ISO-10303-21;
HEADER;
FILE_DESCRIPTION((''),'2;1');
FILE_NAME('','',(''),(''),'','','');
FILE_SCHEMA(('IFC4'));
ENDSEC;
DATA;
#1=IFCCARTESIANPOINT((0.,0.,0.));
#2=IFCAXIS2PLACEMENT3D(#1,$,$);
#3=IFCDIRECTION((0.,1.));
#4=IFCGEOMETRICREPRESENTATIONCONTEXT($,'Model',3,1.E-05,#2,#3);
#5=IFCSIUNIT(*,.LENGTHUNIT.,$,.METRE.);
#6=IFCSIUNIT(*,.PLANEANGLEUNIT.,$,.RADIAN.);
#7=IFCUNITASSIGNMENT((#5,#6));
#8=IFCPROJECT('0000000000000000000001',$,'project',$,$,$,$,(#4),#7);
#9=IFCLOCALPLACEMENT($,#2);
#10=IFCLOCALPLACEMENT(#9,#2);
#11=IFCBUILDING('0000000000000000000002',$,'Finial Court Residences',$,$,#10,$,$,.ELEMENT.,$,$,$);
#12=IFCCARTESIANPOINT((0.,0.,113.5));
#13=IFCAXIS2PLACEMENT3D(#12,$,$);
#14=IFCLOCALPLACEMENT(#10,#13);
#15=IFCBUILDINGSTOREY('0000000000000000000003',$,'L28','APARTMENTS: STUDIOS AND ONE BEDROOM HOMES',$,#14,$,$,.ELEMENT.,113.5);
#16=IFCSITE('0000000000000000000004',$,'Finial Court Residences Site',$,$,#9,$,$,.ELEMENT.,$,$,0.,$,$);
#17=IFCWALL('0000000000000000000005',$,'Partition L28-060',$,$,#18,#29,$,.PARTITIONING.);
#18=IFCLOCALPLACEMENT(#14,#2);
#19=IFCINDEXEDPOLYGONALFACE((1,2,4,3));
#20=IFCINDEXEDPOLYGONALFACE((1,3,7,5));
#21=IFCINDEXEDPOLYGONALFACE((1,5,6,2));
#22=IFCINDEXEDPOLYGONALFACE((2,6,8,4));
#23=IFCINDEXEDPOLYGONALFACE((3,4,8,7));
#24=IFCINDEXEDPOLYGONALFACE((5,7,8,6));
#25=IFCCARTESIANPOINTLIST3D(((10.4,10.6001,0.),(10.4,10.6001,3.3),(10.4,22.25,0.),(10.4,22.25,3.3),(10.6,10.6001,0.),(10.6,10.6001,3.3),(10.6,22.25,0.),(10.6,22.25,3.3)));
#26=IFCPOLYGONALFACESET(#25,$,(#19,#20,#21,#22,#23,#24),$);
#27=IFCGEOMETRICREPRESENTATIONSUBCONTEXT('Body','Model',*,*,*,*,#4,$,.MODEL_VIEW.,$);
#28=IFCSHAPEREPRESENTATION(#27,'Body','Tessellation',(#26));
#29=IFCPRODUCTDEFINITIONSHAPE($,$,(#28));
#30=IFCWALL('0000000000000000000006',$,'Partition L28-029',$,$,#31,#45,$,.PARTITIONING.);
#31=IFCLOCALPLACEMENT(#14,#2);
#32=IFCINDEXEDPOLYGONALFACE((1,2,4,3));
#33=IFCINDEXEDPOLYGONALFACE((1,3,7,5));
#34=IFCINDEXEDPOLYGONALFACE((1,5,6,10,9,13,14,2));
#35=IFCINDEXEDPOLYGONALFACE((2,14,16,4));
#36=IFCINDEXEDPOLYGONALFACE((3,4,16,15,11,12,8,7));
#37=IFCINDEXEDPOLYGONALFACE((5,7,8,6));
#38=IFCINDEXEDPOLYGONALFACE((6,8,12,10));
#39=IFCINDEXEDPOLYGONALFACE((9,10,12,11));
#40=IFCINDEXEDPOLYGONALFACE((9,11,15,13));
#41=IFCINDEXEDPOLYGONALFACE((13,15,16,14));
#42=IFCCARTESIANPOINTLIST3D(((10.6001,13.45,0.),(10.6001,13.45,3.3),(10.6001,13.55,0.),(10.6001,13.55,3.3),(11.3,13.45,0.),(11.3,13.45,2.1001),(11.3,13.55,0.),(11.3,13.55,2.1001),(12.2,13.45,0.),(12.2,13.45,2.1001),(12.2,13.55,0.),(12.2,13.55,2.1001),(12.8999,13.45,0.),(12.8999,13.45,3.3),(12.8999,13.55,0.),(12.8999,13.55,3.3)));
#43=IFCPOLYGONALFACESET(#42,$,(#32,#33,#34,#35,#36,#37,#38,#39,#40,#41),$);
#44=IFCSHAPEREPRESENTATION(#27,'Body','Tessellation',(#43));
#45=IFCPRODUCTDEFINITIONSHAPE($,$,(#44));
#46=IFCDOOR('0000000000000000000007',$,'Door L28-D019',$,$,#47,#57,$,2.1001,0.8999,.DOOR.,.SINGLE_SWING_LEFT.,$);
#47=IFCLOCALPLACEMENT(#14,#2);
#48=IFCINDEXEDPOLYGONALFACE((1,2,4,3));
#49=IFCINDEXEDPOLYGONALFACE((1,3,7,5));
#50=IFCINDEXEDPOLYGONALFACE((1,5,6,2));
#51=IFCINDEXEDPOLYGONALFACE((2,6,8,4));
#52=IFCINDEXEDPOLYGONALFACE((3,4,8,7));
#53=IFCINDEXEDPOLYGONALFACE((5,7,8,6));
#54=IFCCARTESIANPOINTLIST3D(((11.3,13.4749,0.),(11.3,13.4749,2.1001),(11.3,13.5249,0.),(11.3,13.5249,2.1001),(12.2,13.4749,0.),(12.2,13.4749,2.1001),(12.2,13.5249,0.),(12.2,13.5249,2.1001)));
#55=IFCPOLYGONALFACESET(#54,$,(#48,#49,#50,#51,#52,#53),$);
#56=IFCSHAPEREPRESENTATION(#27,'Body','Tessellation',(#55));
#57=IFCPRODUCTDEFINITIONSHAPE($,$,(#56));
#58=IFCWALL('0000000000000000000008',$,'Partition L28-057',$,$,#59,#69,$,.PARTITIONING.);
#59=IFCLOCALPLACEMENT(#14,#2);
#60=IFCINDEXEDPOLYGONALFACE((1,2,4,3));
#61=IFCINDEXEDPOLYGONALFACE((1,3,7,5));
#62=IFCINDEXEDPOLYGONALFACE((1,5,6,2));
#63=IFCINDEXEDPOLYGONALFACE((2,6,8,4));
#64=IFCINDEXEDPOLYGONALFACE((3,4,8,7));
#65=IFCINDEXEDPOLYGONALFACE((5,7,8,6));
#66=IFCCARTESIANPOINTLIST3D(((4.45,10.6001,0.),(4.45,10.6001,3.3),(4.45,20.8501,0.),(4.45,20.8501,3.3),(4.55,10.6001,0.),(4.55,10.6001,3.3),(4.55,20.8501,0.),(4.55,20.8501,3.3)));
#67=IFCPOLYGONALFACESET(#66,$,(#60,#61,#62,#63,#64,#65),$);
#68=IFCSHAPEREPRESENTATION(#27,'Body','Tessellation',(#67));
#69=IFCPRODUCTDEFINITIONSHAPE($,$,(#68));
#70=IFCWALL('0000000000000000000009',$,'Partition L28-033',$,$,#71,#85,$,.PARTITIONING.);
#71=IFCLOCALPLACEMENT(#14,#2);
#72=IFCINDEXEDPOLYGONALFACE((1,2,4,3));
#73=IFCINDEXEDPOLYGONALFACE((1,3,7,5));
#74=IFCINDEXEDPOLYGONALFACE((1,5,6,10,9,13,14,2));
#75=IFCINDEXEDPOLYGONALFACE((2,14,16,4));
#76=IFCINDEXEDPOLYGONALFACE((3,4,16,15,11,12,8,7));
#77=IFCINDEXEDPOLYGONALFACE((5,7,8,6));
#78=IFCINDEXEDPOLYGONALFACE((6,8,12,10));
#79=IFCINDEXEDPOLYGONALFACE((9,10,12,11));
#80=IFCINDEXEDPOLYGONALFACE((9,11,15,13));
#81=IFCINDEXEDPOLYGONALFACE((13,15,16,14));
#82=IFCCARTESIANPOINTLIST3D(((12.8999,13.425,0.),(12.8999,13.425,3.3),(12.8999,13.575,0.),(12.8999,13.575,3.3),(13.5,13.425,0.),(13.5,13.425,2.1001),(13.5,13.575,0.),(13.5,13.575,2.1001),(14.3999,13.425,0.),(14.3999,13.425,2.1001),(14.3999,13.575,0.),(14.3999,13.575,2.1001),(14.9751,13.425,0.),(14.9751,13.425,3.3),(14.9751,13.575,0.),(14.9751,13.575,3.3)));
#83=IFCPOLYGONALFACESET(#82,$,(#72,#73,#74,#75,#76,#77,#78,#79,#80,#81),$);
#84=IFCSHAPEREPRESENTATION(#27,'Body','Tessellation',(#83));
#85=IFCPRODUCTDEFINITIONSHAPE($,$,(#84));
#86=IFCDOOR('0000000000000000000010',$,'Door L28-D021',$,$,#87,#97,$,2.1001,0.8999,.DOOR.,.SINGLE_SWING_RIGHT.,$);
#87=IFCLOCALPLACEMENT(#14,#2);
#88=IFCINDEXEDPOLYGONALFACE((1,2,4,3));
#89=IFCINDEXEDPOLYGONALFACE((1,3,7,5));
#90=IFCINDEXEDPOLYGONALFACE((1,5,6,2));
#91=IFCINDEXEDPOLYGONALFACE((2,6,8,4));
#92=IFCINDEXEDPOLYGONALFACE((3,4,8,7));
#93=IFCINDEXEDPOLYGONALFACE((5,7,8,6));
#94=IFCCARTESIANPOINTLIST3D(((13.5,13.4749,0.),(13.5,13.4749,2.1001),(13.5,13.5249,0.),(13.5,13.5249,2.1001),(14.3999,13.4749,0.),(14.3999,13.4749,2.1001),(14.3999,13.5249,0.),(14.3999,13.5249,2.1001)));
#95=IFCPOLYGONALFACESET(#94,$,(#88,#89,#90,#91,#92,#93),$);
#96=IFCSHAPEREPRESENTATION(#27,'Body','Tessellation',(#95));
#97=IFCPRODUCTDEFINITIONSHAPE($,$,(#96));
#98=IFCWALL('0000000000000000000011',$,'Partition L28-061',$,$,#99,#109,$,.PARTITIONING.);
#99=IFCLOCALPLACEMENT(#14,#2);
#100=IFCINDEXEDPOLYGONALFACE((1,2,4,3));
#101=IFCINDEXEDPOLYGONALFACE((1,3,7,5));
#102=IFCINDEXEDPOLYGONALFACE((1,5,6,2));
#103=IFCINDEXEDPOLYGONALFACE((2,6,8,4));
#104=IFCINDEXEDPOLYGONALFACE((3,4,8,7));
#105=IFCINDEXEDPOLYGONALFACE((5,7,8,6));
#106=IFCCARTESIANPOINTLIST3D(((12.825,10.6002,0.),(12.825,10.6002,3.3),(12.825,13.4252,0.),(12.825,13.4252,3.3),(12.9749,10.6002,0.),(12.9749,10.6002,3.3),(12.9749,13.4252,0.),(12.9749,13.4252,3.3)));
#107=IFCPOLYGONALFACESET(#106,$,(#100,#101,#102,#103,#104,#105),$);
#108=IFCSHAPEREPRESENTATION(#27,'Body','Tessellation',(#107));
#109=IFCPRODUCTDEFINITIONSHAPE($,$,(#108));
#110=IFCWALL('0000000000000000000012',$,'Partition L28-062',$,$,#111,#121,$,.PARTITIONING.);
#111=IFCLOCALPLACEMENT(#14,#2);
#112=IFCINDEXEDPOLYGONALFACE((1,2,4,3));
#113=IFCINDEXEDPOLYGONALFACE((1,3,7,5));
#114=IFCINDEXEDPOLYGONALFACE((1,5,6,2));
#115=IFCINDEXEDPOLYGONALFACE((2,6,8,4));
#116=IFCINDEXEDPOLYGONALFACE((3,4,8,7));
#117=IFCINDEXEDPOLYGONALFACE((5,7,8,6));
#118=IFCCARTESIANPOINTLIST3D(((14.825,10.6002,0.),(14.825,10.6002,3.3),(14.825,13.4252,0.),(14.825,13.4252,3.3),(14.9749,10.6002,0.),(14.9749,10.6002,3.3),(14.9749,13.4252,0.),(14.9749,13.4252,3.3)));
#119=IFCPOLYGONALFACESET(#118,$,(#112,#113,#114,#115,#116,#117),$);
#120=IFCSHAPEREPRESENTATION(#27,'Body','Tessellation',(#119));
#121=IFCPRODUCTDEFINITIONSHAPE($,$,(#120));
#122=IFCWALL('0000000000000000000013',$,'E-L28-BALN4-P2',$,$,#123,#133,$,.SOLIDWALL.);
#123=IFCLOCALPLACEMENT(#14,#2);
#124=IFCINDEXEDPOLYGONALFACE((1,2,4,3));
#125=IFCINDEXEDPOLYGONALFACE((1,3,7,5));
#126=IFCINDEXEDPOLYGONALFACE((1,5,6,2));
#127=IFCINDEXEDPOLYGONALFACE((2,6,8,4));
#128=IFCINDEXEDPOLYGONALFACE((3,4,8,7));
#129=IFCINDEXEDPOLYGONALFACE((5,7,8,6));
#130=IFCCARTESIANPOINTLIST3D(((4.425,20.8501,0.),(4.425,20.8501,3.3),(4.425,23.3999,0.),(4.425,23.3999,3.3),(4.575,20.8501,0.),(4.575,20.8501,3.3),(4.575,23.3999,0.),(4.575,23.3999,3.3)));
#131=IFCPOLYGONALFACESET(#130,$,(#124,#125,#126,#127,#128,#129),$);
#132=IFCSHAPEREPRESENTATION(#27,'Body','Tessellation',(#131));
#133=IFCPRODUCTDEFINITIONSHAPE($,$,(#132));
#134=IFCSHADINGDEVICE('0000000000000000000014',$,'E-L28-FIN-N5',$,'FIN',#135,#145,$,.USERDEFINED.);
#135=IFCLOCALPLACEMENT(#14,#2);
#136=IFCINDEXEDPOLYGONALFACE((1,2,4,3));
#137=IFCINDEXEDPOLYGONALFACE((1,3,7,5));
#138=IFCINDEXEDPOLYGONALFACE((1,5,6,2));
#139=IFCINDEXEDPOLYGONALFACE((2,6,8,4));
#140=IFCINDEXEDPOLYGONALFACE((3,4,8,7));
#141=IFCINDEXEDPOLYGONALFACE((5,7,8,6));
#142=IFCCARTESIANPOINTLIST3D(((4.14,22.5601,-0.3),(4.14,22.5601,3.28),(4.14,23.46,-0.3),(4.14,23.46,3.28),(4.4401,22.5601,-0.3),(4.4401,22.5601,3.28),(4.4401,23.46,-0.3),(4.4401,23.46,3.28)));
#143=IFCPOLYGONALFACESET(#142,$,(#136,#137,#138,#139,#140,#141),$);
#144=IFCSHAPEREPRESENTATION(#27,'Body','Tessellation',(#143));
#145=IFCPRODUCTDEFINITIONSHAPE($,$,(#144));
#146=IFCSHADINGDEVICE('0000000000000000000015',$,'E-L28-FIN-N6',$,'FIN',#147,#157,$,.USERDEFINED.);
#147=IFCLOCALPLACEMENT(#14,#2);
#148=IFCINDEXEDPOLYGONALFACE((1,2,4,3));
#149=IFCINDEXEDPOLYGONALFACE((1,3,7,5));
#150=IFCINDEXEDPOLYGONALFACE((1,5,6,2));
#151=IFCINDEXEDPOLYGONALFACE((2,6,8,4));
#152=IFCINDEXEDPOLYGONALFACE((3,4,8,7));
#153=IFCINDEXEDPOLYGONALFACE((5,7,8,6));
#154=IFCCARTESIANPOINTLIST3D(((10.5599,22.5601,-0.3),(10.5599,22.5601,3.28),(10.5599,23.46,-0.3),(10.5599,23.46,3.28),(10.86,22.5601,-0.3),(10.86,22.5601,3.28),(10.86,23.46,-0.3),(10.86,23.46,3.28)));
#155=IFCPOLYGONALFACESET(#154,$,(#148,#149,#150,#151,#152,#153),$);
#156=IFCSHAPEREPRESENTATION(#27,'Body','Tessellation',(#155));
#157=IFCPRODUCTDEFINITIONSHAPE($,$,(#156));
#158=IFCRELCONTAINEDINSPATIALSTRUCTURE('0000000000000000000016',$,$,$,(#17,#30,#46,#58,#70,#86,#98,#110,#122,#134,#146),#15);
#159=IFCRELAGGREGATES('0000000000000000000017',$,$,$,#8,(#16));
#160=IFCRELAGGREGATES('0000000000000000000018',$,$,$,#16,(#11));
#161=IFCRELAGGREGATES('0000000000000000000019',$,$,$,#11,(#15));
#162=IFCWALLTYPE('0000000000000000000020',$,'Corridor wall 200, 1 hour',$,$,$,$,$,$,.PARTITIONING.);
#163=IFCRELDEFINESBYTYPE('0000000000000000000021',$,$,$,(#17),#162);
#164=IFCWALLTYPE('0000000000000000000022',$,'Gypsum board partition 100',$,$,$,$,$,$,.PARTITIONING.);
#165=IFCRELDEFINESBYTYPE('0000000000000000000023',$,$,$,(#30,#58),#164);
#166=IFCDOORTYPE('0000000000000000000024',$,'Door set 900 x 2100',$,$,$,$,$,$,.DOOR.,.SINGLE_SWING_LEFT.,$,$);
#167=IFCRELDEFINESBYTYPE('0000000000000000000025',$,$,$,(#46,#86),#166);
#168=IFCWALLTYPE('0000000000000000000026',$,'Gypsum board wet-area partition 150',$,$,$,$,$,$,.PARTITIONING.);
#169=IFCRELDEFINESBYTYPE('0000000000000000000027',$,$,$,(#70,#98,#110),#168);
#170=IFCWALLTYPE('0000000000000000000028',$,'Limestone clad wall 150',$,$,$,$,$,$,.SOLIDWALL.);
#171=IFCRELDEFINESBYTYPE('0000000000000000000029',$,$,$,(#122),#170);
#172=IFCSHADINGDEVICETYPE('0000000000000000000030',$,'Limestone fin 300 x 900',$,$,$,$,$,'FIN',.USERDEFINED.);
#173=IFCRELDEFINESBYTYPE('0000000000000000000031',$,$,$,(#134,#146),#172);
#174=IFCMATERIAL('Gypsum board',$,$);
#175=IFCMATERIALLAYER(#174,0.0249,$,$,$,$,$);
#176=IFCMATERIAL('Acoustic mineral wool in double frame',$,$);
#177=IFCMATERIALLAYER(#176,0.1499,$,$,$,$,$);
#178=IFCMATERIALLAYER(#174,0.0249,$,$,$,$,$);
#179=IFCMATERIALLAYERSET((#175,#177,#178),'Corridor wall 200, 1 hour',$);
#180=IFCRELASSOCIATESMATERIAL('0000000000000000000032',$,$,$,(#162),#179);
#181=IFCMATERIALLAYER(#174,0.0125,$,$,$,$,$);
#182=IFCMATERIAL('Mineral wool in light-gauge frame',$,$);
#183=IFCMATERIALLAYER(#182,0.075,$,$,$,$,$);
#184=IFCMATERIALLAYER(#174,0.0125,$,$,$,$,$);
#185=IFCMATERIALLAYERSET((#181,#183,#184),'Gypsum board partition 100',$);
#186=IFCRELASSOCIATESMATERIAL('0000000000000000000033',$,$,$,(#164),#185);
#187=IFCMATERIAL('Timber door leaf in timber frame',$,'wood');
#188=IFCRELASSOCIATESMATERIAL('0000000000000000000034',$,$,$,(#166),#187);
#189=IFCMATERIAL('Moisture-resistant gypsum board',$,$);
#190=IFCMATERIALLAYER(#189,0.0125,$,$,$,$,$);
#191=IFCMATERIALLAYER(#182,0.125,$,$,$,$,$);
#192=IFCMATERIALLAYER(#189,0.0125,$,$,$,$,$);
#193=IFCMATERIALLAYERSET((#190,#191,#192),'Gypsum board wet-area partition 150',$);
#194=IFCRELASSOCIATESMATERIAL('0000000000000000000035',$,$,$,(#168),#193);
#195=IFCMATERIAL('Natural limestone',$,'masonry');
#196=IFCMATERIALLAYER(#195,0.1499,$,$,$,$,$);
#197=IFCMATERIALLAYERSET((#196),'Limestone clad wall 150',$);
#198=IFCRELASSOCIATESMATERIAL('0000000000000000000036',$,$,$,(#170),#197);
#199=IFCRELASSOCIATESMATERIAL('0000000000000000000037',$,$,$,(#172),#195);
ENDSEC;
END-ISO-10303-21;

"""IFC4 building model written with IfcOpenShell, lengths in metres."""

from ifc_helpers import new_model, si_unit, direction, frame, frame_2d, origin, origin_2d, place, context, subcontext, project, spatial, rectangle, extrude, material, layer, layer_set, type_object, element, fill, save


model = new_model("IFC4")

# Units and contexts
model_context = context("Model", 3, precision=1e-05, world=origin(), true_north=direction((0.0, 1.0)))
body_context = subcontext(model_context, "Body", "Model", "MODEL_VIEW")
ifc_project = project(units=[si_unit("LENGTHUNIT", "METRE"), si_unit("PLANEANGLEUNIT", "RADIAN")], contexts=[model_context])

# Site, building, storey
site_placement = place(None, origin())
site = spatial("IfcSite", under=ifc_project, at=site_placement, Name="Finial Court Residences Site", CompositionType="ELEMENT", RefElevation=0.0)
building_placement = place(site_placement, origin())
building = spatial("IfcBuilding", under=site, at=building_placement, Name="Finial Court Residences", CompositionType="ELEMENT")
storey_placement = place(building_placement, frame((0.0, 0.0, 113.5)))
storey = spatial("IfcBuildingStorey", under=building, at=storey_placement, Name="L28", Description="APARTMENTS: STUDIOS AND ONE BEDROOM HOMES", CompositionType="ELEMENT", Elevation=113.5)

# Wall
ifc_material_1 = material(Name="Gypsum board")
ifc_layer_1 = layer(ifc_material_1, 0.0249)
ifc_material_2 = material(Name="Acoustic mineral wool in double frame")
ifc_layer_2 = layer(ifc_material_2, 0.1499)
ifc_layer_3 = layer(ifc_material_1, 0.0249)
ifc_layer_set_1 = layer_set([ifc_layer_1, ifc_layer_2, ifc_layer_3], Name="Corridor wall 200, 1 hour")
wall_type_1 = type_object("IfcWallType", Name="Corridor wall 200, 1 hour", PredefinedType="PARTITIONING", material=ifc_layer_set_1)
wall_1_placement = place(storey_placement, frame((10.5, 10.6001, 0.0), z_axis=(0.0, 0.0, 1.0), x_axis=(0.0, 1.0, 0.0)))
element("IfcWall", 1, at=wall_1_placement, inside=storey, type_object=wall_type_1, Name="Partition L28-060", PredefinedType="PARTITIONING", context=body_context, shape_type="SweptSolid", body=[
    extrude(rectangle(XDim=11.6499, YDim=0.2, at=frame_2d((5.825, 0.0))), origin(), (0.0, 0.0, 1.0), 3.3),
])

# Wall, opening, door
ifc_layer_4 = layer(ifc_material_1, 0.0125)
ifc_material_3 = material(Name="Mineral wool in light-gauge frame")
ifc_layer_5 = layer(ifc_material_3, 0.075)
ifc_layer_6 = layer(ifc_material_1, 0.0125)
ifc_layer_set_2 = layer_set([ifc_layer_4, ifc_layer_5, ifc_layer_6], Name="Gypsum board partition 100")
wall_type_2 = type_object("IfcWallType", Name="Gypsum board partition 100", PredefinedType="PARTITIONING", material=ifc_layer_set_2)
wall_2_placement = place(storey_placement, frame((10.6001, 13.5, 0.0), z_axis=(0.0, 0.0, 1.0), x_axis=(1.0, 0.0, 0.0)))
wall_2 = element("IfcWall", 2, at=wall_2_placement, inside=storey, type_object=wall_type_2, Name="Partition L28-029", PredefinedType="PARTITIONING", context=body_context, shape_type="SweptSolid", body=[
    extrude(rectangle(XDim=2.2998, YDim=0.1001, at=frame_2d((1.1499, 0.0))), origin(), (0.0, 0.0, 1.0), 3.3),
])
opening_1_placement = place(wall_2_placement, frame((0.7, 0.0, 0.0)))
opening_1 = element("IfcOpeningElement", 3, at=opening_1_placement, cuts=wall_2, PredefinedType="OPENING", context=body_context, shape_type="SweptSolid", body=[
    extrude(rectangle(XDim=0.8999, YDim=2.1001, at=frame_2d((0.45, 1.05))), frame((0.0, 0.0601, 0.0), z_axis=(0.0, -1.0, 0.0), x_axis=(1.0, 0.0, 0.0)), (0.0, 0.0, 1.0), 0.1201),
])
ifc_material_4 = material(Name="Timber door leaf in timber frame", Category="wood")
door_type = type_object("IfcDoorType", Name="Door set 900 x 2100", OperationType="SINGLE_SWING_LEFT", PredefinedType="DOOR", material=ifc_material_4)
door_1_placement = place(opening_1_placement, origin())
door_1 = element("IfcDoor", 4, at=door_1_placement, inside=storey, type_object=door_type, Name="Door L28-D019", OperationType="SINGLE_SWING_LEFT", OverallHeight=2.1001, OverallWidth=0.8999, PredefinedType="DOOR", context=body_context, shape_type="SweptSolid", body=[
    extrude(rectangle(XDim=0.8999, YDim=2.1001, at=frame_2d((0.45, 1.05))), frame((0.0, 0.0249, 0.0), z_axis=(0.0, -1.0, 0.0), x_axis=(1.0, 0.0, 0.0)), (0.0, 0.0, 1.0), 0.05),
])
fill(opening_1, door_1)

# Wall
wall_3_placement = place(storey_placement, frame((4.5, 10.6001, 0.0), z_axis=(0.0, 0.0, 1.0), x_axis=(0.0, 1.0, 0.0)))
element("IfcWall", 5, at=wall_3_placement, inside=storey, type_object=wall_type_2, Name="Partition L28-057", PredefinedType="PARTITIONING", context=body_context, shape_type="SweptSolid", body=[
    extrude(rectangle(XDim=10.25, YDim=0.1001, at=frame_2d((5.125, 0.0))), origin(), (0.0, 0.0, 1.0), 3.3),
])

# Wall, opening, door
ifc_material_5 = material(Name="Moisture-resistant gypsum board")
ifc_layer_7 = layer(ifc_material_5, 0.0125)
ifc_layer_8 = layer(ifc_material_3, 0.125)
ifc_layer_9 = layer(ifc_material_5, 0.0125)
ifc_layer_set_3 = layer_set([ifc_layer_7, ifc_layer_8, ifc_layer_9], Name="Gypsum board wet-area partition 150")
wall_type_3 = type_object("IfcWallType", Name="Gypsum board wet-area partition 150", PredefinedType="PARTITIONING", material=ifc_layer_set_3)
wall_4_placement = place(storey_placement, frame((12.8999, 13.5, 0.0), z_axis=(0.0, 0.0, 1.0), x_axis=(1.0, 0.0, 0.0)))
wall_4 = element("IfcWall", 6, at=wall_4_placement, inside=storey, type_object=wall_type_3, Name="Partition L28-033", PredefinedType="PARTITIONING", context=body_context, shape_type="SweptSolid", body=[
    extrude(rectangle(XDim=2.0752, YDim=0.1499, at=frame_2d((1.0376, 0.0))), origin(), (0.0, 0.0, 1.0), 3.3),
])
opening_2_placement = place(wall_4_placement, frame((0.6001, 0.0, 0.0)))
opening_2 = element("IfcOpeningElement", 7, at=opening_2_placement, cuts=wall_4, PredefinedType="OPENING", context=body_context, shape_type="SweptSolid", body=[
    extrude(rectangle(XDim=0.8999, YDim=2.1001, at=frame_2d((0.45, 1.05))), frame((0.0, 0.085, 0.0), z_axis=(0.0, -1.0, 0.0), x_axis=(1.0, 0.0, 0.0)), (0.0, 0.0, 1.0), 0.1699),
])
door_2_placement = place(opening_2_placement, origin())
door_2 = element("IfcDoor", 8, at=door_2_placement, inside=storey, type_object=door_type, Name="Door L28-D021", OperationType="SINGLE_SWING_RIGHT", OverallHeight=2.1001, OverallWidth=0.8999, PredefinedType="DOOR", context=body_context, shape_type="SweptSolid", body=[
    extrude(rectangle(XDim=0.8999, YDim=2.1001, at=frame_2d((0.45, 1.05))), frame((0.0, 0.0249, 0.0), z_axis=(0.0, -1.0, 0.0), x_axis=(1.0, 0.0, 0.0)), (0.0, 0.0, 1.0), 0.05),
])
fill(opening_2, door_2)

# Walls
for number, where, z_axis, x_axis, name in (
    (9, (12.8999, 10.6001, 0.0), (0.0, 0.0, 1.0), (0.0, 1.0, 0.0), "Partition L28-061"),
    (10, (14.8999, 10.6001, 0.0), (0.0, 0.0, 1.0), (0.0, 1.0, 0.0), "Partition L28-062"),
):
    element("IfcWall", number, at=place(storey_placement, frame(where, z_axis=z_axis, x_axis=x_axis)), inside=storey, type_object=wall_type_3, Name=name, PredefinedType="PARTITIONING", context=body_context, shape_type="SweptSolid", body=[
        extrude(rectangle(XDim=2.825, YDim=0.1499, at=frame_2d((1.4126, 0.0))), origin(), (0.0, 0.0, 1.0), 3.3),
    ])
ifc_material_6 = material(Name="Natural limestone", Category="masonry")
ifc_layer_10 = layer(ifc_material_6, 0.1499)
ifc_layer_set_4 = layer_set([ifc_layer_10], Name="Limestone clad wall 150")
wall_type_4 = type_object("IfcWallType", Name="Limestone clad wall 150", PredefinedType="SOLIDWALL", material=ifc_layer_set_4)
wall_5_placement = place(storey_placement, frame((4.5, 20.8501, 0.0), z_axis=(0.0, 0.0, 1.0), x_axis=(0.0, 1.0, 0.0)))
element("IfcWall", 11, at=wall_5_placement, inside=storey, type_object=wall_type_4, Name="E-L28-BALN4-P2", PredefinedType="SOLIDWALL", context=body_context, shape_type="SweptSolid", body=[
    extrude(rectangle(XDim=2.5498, YDim=0.1499, at=frame_2d((1.2749, 0.0))), origin(), (0.0, 0.0, 1.0), 3.3),
])

# Shading devices
shading_device_type = type_object("IfcShadingDeviceType", Name="Limestone fin 300 x 900", ElementType="FIN", PredefinedType="USERDEFINED", material=ifc_material_6)
for number, where, z_axis, x_axis, name in (
    (12, (4.29, 23.01, -0.3), (0.0, 0.0, 1.0), (1.0, 0.0, 0.0), "E-L28-FIN-N5"),
    (13, (10.71, 23.01, -0.3), (0.0, 0.0, 1.0), (1.0, 0.0, 0.0), "E-L28-FIN-N6"),
):
    element("IfcShadingDevice", number, at=place(storey_placement, frame(where, z_axis=z_axis, x_axis=x_axis)), inside=storey, type_object=shading_device_type, Name=name, ObjectType="FIN", PredefinedType="USERDEFINED", context=body_context, shape_type="SweptSolid", body=[
        extrude(rectangle(XDim=0.3, YDim=0.8999, at=origin_2d()), origin(), (0.0, 0.0, 1.0), 3.5801),
    ])

save(model, "model.ifc")
